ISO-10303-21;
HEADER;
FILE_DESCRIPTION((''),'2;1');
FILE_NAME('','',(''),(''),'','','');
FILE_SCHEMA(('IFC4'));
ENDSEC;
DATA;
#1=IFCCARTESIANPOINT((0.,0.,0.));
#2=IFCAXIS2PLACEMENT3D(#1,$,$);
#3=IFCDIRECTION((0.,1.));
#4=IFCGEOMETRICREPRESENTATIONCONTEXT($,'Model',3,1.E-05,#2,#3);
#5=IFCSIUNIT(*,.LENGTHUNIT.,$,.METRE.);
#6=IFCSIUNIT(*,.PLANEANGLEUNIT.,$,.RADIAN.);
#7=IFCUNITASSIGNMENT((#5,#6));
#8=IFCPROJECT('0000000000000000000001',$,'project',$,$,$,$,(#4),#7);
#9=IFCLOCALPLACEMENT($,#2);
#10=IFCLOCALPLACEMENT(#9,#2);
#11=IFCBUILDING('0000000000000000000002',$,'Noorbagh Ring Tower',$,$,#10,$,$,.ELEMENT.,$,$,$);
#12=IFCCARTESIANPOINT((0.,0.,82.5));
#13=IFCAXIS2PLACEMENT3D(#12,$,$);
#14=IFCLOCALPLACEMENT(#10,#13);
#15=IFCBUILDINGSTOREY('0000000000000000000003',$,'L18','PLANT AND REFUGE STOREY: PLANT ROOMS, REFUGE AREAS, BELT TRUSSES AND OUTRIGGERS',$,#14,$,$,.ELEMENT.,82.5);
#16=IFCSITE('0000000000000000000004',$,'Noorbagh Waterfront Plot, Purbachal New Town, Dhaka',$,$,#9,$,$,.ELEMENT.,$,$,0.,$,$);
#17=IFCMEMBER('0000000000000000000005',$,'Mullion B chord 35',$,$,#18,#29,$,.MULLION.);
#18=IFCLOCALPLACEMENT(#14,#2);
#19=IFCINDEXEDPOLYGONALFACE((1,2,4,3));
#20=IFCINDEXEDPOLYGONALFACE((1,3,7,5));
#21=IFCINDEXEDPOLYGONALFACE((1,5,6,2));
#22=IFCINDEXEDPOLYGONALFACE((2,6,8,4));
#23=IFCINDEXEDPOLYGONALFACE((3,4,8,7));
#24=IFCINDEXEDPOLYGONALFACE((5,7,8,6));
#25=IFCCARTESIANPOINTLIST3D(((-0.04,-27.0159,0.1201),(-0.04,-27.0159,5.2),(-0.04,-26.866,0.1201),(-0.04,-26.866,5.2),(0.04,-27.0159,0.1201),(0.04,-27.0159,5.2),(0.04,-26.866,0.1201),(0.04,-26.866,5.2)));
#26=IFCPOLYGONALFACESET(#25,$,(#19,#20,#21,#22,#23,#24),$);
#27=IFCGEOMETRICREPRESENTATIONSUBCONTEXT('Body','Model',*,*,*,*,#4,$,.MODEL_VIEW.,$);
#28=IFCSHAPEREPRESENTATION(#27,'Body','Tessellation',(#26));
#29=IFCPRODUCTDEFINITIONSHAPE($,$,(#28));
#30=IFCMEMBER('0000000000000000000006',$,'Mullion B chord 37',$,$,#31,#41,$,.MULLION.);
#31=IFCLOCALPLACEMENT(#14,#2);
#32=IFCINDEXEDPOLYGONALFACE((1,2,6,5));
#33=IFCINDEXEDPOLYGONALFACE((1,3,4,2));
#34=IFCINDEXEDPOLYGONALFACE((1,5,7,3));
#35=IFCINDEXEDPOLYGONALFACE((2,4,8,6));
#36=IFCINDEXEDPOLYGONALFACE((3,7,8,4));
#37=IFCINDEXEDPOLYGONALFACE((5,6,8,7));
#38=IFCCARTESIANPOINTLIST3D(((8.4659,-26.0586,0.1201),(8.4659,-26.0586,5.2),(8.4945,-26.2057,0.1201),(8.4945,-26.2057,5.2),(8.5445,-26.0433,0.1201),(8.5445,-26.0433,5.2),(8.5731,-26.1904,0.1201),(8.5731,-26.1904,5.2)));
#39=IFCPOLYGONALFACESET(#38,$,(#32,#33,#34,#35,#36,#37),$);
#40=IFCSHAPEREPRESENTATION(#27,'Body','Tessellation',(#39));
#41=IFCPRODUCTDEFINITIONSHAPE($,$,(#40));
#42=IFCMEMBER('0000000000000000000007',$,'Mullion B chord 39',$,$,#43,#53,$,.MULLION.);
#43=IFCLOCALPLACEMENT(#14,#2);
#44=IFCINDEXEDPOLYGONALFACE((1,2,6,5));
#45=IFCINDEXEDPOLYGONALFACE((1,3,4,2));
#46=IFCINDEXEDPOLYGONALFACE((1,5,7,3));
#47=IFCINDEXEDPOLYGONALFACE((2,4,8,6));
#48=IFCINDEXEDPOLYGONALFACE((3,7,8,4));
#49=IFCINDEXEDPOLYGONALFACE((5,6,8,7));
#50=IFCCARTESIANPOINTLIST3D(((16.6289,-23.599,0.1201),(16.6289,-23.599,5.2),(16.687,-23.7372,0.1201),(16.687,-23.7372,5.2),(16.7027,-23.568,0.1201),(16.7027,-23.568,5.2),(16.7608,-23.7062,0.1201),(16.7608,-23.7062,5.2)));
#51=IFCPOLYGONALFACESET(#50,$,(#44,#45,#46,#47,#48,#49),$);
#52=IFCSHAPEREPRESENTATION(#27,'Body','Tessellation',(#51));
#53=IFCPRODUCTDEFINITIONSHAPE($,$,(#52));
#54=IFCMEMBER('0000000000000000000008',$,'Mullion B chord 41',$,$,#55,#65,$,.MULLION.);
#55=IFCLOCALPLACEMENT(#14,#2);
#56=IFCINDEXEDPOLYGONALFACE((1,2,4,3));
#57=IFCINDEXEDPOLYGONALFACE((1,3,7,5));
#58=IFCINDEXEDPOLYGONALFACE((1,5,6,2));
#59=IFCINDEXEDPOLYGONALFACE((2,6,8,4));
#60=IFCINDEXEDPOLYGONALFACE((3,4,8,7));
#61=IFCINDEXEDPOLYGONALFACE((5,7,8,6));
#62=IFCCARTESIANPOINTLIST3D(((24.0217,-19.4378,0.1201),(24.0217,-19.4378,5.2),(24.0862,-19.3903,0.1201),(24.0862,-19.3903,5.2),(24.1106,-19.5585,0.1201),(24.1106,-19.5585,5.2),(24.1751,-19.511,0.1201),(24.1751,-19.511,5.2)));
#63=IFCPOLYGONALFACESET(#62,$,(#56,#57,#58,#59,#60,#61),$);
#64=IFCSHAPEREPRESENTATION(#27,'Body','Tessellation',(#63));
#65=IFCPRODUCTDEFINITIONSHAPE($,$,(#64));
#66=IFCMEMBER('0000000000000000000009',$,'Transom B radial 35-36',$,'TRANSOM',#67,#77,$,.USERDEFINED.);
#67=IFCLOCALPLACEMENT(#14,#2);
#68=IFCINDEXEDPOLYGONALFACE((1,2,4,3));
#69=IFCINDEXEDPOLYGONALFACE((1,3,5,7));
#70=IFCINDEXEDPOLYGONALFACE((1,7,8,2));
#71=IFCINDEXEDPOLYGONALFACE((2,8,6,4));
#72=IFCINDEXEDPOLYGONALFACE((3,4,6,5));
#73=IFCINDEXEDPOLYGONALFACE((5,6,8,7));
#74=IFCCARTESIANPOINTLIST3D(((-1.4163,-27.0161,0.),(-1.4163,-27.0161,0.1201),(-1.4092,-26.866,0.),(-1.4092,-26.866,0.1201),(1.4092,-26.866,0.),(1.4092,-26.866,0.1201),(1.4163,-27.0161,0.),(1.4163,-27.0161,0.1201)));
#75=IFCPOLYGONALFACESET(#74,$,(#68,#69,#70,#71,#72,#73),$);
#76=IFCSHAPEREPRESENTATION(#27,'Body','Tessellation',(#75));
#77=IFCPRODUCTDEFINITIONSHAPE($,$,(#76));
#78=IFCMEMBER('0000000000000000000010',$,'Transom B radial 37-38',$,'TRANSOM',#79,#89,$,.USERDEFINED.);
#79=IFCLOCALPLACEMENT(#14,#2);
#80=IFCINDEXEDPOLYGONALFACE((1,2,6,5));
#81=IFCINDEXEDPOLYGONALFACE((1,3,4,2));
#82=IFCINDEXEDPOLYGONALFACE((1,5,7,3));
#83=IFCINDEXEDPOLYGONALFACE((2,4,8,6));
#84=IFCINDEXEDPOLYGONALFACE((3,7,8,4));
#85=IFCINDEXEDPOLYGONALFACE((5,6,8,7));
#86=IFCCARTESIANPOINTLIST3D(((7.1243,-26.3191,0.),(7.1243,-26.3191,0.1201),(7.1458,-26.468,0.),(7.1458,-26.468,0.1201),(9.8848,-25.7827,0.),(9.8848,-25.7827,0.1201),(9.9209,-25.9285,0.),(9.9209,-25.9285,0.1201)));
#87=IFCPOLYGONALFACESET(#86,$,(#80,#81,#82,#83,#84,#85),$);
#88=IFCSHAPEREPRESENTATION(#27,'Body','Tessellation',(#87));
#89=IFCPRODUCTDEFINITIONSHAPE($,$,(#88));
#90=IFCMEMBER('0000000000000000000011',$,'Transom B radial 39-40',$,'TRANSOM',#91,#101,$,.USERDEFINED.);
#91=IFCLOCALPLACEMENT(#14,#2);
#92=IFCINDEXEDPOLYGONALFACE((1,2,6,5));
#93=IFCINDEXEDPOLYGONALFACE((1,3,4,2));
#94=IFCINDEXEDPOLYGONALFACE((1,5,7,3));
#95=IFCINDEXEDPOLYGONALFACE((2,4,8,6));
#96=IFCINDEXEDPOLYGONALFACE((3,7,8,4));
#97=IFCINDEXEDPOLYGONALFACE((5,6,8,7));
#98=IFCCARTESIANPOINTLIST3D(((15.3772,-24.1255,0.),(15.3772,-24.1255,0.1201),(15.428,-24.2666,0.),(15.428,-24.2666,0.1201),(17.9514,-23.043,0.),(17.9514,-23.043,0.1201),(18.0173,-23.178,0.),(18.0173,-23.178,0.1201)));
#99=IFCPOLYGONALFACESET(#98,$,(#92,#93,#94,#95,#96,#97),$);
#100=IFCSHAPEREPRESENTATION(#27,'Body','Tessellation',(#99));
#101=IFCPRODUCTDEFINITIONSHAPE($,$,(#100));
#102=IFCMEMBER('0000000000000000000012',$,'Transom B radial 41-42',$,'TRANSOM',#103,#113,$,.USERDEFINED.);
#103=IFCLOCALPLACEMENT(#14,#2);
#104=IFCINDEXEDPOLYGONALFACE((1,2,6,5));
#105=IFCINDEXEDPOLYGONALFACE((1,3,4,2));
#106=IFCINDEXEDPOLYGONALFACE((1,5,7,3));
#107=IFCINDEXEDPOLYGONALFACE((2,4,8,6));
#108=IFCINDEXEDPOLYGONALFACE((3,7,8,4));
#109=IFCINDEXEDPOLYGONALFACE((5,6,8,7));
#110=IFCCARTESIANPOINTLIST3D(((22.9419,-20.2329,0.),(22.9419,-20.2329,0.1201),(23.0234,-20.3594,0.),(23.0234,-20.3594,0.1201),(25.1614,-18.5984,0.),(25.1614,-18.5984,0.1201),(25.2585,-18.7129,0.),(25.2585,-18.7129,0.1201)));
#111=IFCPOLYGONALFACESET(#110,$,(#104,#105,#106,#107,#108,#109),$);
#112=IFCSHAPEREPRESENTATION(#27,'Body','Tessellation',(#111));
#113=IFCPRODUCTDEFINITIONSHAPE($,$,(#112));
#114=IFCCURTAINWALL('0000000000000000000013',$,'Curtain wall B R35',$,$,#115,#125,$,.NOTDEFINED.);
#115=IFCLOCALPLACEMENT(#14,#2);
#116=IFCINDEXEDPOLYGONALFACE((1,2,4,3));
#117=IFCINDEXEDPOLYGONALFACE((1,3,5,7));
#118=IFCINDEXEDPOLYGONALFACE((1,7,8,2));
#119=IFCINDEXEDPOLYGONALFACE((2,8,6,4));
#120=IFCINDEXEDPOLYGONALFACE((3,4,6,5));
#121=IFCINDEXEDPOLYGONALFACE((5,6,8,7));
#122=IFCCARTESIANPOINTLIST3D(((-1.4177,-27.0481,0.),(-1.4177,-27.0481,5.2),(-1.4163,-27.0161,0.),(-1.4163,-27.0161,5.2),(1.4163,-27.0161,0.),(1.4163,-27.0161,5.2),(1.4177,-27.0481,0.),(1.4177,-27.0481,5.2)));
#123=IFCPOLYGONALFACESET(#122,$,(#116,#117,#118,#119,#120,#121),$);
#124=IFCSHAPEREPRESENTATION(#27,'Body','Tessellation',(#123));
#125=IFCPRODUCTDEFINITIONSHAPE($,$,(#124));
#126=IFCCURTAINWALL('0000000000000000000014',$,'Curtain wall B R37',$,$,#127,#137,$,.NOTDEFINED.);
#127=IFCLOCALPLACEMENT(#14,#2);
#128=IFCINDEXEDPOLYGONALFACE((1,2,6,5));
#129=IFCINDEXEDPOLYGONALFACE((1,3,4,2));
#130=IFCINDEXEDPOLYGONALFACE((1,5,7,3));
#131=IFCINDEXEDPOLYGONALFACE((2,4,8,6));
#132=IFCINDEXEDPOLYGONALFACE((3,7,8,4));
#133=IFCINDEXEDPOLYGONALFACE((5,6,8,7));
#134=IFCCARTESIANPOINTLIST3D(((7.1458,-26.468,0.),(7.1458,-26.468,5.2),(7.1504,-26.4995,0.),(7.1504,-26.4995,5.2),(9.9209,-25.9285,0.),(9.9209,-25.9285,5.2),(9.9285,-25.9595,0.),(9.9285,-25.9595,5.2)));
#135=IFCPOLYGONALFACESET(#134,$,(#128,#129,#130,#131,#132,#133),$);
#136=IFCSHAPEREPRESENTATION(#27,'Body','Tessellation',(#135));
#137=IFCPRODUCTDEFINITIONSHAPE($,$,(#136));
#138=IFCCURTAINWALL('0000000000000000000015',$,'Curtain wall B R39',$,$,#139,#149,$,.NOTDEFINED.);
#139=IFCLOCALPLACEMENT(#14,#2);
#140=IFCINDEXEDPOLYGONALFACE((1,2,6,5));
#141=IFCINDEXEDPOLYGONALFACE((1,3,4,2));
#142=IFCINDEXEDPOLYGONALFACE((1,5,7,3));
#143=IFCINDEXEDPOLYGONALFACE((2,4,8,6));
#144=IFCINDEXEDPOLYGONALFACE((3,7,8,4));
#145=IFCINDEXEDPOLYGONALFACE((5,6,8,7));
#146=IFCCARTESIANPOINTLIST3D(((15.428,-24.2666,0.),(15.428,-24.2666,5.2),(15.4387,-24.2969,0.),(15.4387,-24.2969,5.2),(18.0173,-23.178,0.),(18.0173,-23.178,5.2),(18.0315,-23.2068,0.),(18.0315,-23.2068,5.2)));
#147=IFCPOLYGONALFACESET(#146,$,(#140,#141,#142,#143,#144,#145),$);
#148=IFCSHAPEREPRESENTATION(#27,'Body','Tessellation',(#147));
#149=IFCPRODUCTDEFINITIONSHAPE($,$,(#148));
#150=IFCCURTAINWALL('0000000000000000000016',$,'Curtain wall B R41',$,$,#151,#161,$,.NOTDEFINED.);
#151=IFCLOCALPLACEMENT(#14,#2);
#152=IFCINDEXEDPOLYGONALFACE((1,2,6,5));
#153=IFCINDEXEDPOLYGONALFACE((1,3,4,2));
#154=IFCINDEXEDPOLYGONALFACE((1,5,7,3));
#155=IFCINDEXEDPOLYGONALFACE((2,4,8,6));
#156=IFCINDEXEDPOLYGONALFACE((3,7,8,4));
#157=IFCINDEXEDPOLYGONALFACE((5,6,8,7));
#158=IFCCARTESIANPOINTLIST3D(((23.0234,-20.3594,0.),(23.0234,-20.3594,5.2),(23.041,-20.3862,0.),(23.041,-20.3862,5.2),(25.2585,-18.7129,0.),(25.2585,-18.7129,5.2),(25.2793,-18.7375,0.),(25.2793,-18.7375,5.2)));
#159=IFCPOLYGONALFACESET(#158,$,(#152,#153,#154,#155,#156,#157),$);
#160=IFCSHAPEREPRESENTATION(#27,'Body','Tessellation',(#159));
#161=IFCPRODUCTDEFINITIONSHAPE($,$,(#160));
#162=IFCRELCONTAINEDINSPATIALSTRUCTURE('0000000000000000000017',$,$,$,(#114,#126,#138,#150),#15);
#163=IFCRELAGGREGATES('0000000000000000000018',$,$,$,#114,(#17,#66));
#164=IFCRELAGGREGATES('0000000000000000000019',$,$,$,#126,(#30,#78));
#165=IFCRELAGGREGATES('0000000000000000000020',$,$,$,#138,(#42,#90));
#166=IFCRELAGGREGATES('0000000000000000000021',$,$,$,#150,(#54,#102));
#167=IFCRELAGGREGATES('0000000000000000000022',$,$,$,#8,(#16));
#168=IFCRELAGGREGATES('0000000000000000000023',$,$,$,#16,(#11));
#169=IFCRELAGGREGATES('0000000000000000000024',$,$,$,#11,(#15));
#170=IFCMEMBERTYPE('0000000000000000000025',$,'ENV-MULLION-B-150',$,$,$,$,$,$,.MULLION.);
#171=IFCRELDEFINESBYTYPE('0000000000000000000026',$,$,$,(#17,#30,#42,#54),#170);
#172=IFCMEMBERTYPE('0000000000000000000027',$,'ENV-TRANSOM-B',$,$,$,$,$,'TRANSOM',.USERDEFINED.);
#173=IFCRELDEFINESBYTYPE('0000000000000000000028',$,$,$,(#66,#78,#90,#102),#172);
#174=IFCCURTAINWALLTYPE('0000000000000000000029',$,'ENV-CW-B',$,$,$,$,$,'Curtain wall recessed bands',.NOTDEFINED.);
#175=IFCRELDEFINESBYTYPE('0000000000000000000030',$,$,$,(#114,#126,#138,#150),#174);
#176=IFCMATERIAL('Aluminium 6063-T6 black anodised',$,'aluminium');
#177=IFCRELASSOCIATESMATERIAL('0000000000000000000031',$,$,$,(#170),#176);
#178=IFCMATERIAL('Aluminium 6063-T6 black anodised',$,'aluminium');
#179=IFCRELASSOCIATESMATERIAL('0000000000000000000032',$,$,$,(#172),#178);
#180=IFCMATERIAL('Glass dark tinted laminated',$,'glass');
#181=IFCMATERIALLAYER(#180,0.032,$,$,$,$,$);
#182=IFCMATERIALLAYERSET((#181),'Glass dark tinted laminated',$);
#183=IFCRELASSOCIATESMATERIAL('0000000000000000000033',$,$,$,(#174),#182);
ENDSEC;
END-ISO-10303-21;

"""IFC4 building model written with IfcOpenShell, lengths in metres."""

from ifc_helpers import new_model, si_unit, direction, frame, origin, origin_2d, place, context, subcontext, project, spatial, polyline, rectangle, outline, extrude, material, layer, layer_set, material_profile, profile_set, type_object, element, aggregate, save


model = new_model("IFC4")

# Units and contexts
model_context = context("Model", 3, precision=1e-05, world=origin(), true_north=direction((0.0, 1.0)))
body_context = subcontext(model_context, "Body", "Model", "MODEL_VIEW")
ifc_project = project(units=[si_unit("LENGTHUNIT", "METRE"), si_unit("PLANEANGLEUNIT", "RADIAN")], contexts=[model_context])

# Members
ifc_material_1 = material(Name="Aluminium 6063-T6 black anodised", Category="aluminium")
ifc_material_profile = material_profile(ifc_material_1, rectangle(XDim=0.1499, YDim=0.0801, at=origin_2d()), Name="150x80")
ifc_profile_set = profile_set([ifc_material_profile], Name="Aluminium 6063-T6 black anodised")
member_type_1 = type_object("IfcMemberType", Name="ENV-MULLION-B-150", PredefinedType="MULLION", material=ifc_profile_set)
site_placement = place(None, origin())
building_placement = place(site_placement, origin())
storey_placement = place(building_placement, frame((0.0, 0.0, 82.5)))
member_1_placement = place(storey_placement, frame((0.0, -26.9409, 0.1201), z_axis=(0.0, 0.0, 1.0), x_axis=(0.0, 1.0, 0.0)))
member_1 = element("IfcMember", 1, at=member_1_placement, type_object=member_type_1, Name="Mullion B chord 35", PredefinedType="MULLION", context=body_context, shape_type="SweptSolid", body=[
    extrude(rectangle(XDim=0.1499, YDim=0.0801, at=origin_2d()), origin(), (0.0, 0.0, 1.0), 5.0798),
])
member_2_placement = place(storey_placement, frame((8.5195, -26.1245, 0.1201), z_axis=(0.0, 0.0, 1.0), x_axis=(-0.19082, 0.981625, 0.0)))
member_2 = element("IfcMember", 2, at=member_2_placement, type_object=member_type_1, Name="Mullion B chord 37", PredefinedType="MULLION", context=body_context, shape_type="SweptSolid", body=[
    extrude(rectangle(XDim=0.1499, YDim=0.0801, at=origin_2d()), origin(), (0.0, 0.0, 1.0), 5.0798),
])
member_3_placement = place(storey_placement, frame((16.6948, -23.6526, 0.1201), z_axis=(0.0, 0.0, 1.0), x_axis=(-0.387638, 0.921812, 0.0)))
member_3 = element("IfcMember", 3, at=member_3_placement, type_object=member_type_1, Name="Mullion B chord 39", PredefinedType="MULLION", context=body_context, shape_type="SweptSolid", body=[
    extrude(rectangle(XDim=0.1499, YDim=0.0801, at=origin_2d()), origin(), (0.0, 0.0, 1.0), 5.0798),
])
member_4_placement = place(storey_placement, frame((24.0984, -19.4744, 0.1201), z_axis=(0.0, 0.0, 1.0), x_axis=(-0.593067, 0.805153, 0.0)))
member_4 = element("IfcMember", 4, at=member_4_placement, type_object=member_type_1, Name="Mullion B chord 41", PredefinedType="MULLION", context=body_context, shape_type="SweptSolid", body=[
    extrude(rectangle(XDim=0.1499, YDim=0.0801, at=origin_2d()), origin(), (0.0, 0.0, 1.0), 5.0798),
])
ifc_material_2 = material(Name="Aluminium 6063-T6 black anodised", Category="aluminium")
member_type_2 = type_object("IfcMemberType", Name="ENV-TRANSOM-B", ElementType="TRANSOM", PredefinedType="USERDEFINED", material=ifc_material_2)
member_5_placement = place(storey_placement, origin())
member_5 = element("IfcMember", 5, at=member_5_placement, type_object=member_type_2, Name="Transom B radial 35-36", ObjectType="TRANSOM", PredefinedType="USERDEFINED", context=body_context, shape_type="SweptSolid", body=[
    extrude(outline(polyline([(-1.4163, -27.0161), (1.4163, -27.0161), (1.4092, -26.866), (-1.4092, -26.866), (-1.4163, -27.0161)])), origin(), (0.0, 0.0, 1.0), 0.1201),
])
member_6_placement = place(storey_placement, origin())
member_6 = element("IfcMember", 6, at=member_6_placement, type_object=member_type_2, Name="Transom B radial 37-38", ObjectType="TRANSOM", PredefinedType="USERDEFINED", context=body_context, shape_type="SweptSolid", body=[
    extrude(outline(polyline([(7.1458, -26.468), (9.9209, -25.9285), (9.8848, -25.7827), (7.1243, -26.3191), (7.1458, -26.468)])), origin(), (0.0, 0.0, 1.0), 0.1201),
])
member_7_placement = place(storey_placement, origin())
member_7 = element("IfcMember", 7, at=member_7_placement, type_object=member_type_2, Name="Transom B radial 39-40", ObjectType="TRANSOM", PredefinedType="USERDEFINED", context=body_context, shape_type="SweptSolid", body=[
    extrude(outline(polyline([(15.428, -24.2666), (18.0173, -23.178), (17.9514, -23.043), (15.3772, -24.1255), (15.428, -24.2666)])), origin(), (0.0, 0.0, 1.0), 0.1201),
])
member_8_placement = place(storey_placement, origin())
member_8 = element("IfcMember", 8, at=member_8_placement, type_object=member_type_2, Name="Transom B radial 41-42", ObjectType="TRANSOM", PredefinedType="USERDEFINED", context=body_context, shape_type="SweptSolid", body=[
    extrude(outline(polyline([(23.0234, -20.3594), (25.2585, -18.7129), (25.1614, -18.5984), (22.9419, -20.2329), (23.0234, -20.3594)])), origin(), (0.0, 0.0, 1.0), 0.1201),
])

# Site, building, storey
site = spatial("IfcSite", under=ifc_project, at=site_placement, Name="Noorbagh Waterfront Plot, Purbachal New Town, Dhaka", CompositionType="ELEMENT", RefElevation=0.0)
building = spatial("IfcBuilding", under=site, at=building_placement, Name="Noorbagh Ring Tower", CompositionType="ELEMENT")
storey = spatial("IfcBuildingStorey", under=building, at=storey_placement, Name="L18", Description="PLANT AND REFUGE STOREY: PLANT ROOMS, REFUGE AREAS, BELT TRUSSES AND OUTRIGGERS", CompositionType="ELEMENT", Elevation=82.5)

# Curtain walls
ifc_material_3 = material(Name="Glass dark tinted laminated", Category="glass")
ifc_layer = layer(ifc_material_3, 0.032)
ifc_layer_set = layer_set([ifc_layer], Name="Glass dark tinted laminated")
curtain_wall_type = type_object("IfcCurtainWallType", Name="ENV-CW-B", ElementType="Curtain wall recessed bands", PredefinedType="NOTDEFINED", material=ifc_layer_set)
curtain_wall_1_placement = place(storey_placement, origin())
curtain_wall_1 = element("IfcCurtainWall", 9, at=curtain_wall_1_placement, inside=storey, type_object=curtain_wall_type, Name="Curtain wall B R35", PredefinedType="NOTDEFINED", context=body_context, shape_type="SweptSolid", body=[
    extrude(outline(polyline([(-1.4177, -27.0481), (1.4177, -27.0481), (1.4163, -27.0161), (-1.4163, -27.0161), (-1.4177, -27.0481)])), origin(), (0.0, 0.0, 1.0), 5.2),
])
aggregate(curtain_wall_1, [member_1, member_5])
curtain_wall_2_placement = place(storey_placement, origin())
curtain_wall_2 = element("IfcCurtainWall", 10, at=curtain_wall_2_placement, inside=storey, type_object=curtain_wall_type, Name="Curtain wall B R37", PredefinedType="NOTDEFINED", context=body_context, shape_type="SweptSolid", body=[
    extrude(outline(polyline([(7.1504, -26.4995), (9.9285, -25.9595), (9.9209, -25.9285), (7.1458, -26.468), (7.1504, -26.4995)])), origin(), (0.0, 0.0, 1.0), 5.2),
])
aggregate(curtain_wall_2, [member_2, member_6])
curtain_wall_3_placement = place(storey_placement, origin())
curtain_wall_3 = element("IfcCurtainWall", 11, at=curtain_wall_3_placement, inside=storey, type_object=curtain_wall_type, Name="Curtain wall B R39", PredefinedType="NOTDEFINED", context=body_context, shape_type="SweptSolid", body=[
    extrude(outline(polyline([(15.4387, -24.2969), (18.0315, -23.2068), (18.0173, -23.178), (15.428, -24.2666), (15.4387, -24.2969)])), origin(), (0.0, 0.0, 1.0), 5.2),
])
aggregate(curtain_wall_3, [member_3, member_7])
curtain_wall_4_placement = place(storey_placement, origin())
curtain_wall_4 = element("IfcCurtainWall", 12, at=curtain_wall_4_placement, inside=storey, type_object=curtain_wall_type, Name="Curtain wall B R41", PredefinedType="NOTDEFINED", context=body_context, shape_type="SweptSolid", body=[
    extrude(outline(polyline([(23.041, -20.3862), (25.2793, -18.7375), (25.2585, -18.7129), (23.0234, -20.3594), (23.041, -20.3862)])), origin(), (0.0, 0.0, 1.0), 5.2),
])
aggregate(curtain_wall_4, [member_4, member_8])

save(model, "model.ifc")
